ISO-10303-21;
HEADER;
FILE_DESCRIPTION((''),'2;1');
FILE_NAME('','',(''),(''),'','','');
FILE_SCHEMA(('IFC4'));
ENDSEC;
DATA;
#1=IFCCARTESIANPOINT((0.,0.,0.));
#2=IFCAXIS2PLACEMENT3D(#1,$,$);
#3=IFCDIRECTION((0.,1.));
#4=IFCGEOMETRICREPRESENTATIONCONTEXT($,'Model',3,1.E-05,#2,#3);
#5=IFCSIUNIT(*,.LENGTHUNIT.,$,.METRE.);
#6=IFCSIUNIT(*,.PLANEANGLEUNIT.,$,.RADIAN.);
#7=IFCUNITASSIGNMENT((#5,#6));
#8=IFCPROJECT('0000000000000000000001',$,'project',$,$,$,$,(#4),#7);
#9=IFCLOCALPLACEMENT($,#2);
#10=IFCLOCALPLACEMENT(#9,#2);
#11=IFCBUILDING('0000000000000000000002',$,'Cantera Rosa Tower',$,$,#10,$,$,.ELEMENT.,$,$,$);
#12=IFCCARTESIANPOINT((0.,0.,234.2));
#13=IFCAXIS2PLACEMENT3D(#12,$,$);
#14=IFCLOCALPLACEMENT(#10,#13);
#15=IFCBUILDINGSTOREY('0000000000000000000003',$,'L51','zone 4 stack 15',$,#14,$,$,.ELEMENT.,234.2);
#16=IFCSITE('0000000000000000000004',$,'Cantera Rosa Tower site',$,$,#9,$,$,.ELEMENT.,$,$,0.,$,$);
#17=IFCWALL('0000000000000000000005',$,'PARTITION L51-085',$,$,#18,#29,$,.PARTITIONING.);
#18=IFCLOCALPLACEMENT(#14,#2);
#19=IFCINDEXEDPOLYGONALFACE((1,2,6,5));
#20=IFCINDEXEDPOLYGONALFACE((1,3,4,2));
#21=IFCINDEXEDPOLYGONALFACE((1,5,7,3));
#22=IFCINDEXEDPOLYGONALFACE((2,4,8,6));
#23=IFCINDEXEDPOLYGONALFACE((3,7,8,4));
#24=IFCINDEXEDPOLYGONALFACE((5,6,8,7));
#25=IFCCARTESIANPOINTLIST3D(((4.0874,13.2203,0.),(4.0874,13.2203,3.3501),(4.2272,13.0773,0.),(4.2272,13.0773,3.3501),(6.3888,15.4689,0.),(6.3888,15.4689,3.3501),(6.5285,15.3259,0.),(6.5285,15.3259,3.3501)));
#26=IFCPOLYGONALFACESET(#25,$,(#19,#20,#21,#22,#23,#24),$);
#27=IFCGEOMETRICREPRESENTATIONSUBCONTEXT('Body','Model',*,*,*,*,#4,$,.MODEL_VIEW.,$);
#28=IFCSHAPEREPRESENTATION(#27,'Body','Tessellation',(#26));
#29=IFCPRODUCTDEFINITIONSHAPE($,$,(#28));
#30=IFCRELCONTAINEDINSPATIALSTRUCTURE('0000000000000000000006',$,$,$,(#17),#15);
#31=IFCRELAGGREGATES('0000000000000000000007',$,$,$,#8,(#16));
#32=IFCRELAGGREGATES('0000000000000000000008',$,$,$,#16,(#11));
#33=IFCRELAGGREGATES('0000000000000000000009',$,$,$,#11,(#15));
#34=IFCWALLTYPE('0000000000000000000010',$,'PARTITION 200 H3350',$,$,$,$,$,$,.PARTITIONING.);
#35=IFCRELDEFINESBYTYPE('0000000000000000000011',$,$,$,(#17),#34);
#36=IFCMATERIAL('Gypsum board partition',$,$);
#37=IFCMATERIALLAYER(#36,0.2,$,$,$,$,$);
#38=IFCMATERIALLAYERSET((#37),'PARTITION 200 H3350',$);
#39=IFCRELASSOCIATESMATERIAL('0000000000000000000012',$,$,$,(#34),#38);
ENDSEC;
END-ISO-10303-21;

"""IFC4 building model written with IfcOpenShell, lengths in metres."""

from ifc_helpers import new_model, si_unit, direction, frame, frame_2d, origin, place, context, subcontext, project, spatial, rectangle, extrude, material, layer, layer_set, type_object, element, save


model = new_model("IFC4")

# Units and contexts
model_context = context("Model", 3, precision=1e-05, world=origin(), true_north=direction((0.0, 1.0)))
body_context = subcontext(model_context, "Body", "Model", "MODEL_VIEW")
ifc_project = project(units=[si_unit("LENGTHUNIT", "METRE"), si_unit("PLANEANGLEUNIT", "RADIAN")], contexts=[model_context])

# Site, building, storey
site_placement = place(None, origin())
site = spatial("IfcSite", under=ifc_project, at=site_placement, Name="Cantera Rosa Tower site", CompositionType="ELEMENT", RefElevation=0.0)
building_placement = place(site_placement, origin())
building = spatial("IfcBuilding", under=site, at=building_placement, Name="Cantera Rosa Tower", CompositionType="ELEMENT")
storey_placement = place(building_placement, frame((0.0, 0.0, 234.2)))
storey = spatial("IfcBuildingStorey", under=building, at=storey_placement, Name="L51", Description="zone 4 stack 15", CompositionType="ELEMENT", Elevation=234.2)

# Wall
ifc_material_1 = material(Name="Gypsum board partition")
ifc_layer_1 = layer(ifc_material_1, 0.2)
ifc_layer_set_1 = layer_set([ifc_layer_1], Name="PARTITION 200 H3350")
wall_type_1 = type_object("IfcWallType", Name="PARTITION 200 H3350", PredefinedType="PARTITIONING", material=ifc_layer_set_1)
wall_1_placement = place(storey_placement, frame((6.4587, 15.3975, 0.0), z_axis=(0.0, 0.0, 1.0), x_axis=(-0.715254, -0.698864, 0.0)))
element("IfcWall", 1, at=wall_1_placement, inside=storey, type_object=wall_type_1, Name="PARTITION L51-085", PredefinedType="PARTITIONING", context=body_context, shape_type="SweptSolid", body=[
    extrude(rectangle(XDim=3.2175, YDim=0.2, at=frame_2d((1.6089, 0.0))), origin(), (0.0, 0.0, 1.0), 3.3501),
])

save(model, "model.ifc")
